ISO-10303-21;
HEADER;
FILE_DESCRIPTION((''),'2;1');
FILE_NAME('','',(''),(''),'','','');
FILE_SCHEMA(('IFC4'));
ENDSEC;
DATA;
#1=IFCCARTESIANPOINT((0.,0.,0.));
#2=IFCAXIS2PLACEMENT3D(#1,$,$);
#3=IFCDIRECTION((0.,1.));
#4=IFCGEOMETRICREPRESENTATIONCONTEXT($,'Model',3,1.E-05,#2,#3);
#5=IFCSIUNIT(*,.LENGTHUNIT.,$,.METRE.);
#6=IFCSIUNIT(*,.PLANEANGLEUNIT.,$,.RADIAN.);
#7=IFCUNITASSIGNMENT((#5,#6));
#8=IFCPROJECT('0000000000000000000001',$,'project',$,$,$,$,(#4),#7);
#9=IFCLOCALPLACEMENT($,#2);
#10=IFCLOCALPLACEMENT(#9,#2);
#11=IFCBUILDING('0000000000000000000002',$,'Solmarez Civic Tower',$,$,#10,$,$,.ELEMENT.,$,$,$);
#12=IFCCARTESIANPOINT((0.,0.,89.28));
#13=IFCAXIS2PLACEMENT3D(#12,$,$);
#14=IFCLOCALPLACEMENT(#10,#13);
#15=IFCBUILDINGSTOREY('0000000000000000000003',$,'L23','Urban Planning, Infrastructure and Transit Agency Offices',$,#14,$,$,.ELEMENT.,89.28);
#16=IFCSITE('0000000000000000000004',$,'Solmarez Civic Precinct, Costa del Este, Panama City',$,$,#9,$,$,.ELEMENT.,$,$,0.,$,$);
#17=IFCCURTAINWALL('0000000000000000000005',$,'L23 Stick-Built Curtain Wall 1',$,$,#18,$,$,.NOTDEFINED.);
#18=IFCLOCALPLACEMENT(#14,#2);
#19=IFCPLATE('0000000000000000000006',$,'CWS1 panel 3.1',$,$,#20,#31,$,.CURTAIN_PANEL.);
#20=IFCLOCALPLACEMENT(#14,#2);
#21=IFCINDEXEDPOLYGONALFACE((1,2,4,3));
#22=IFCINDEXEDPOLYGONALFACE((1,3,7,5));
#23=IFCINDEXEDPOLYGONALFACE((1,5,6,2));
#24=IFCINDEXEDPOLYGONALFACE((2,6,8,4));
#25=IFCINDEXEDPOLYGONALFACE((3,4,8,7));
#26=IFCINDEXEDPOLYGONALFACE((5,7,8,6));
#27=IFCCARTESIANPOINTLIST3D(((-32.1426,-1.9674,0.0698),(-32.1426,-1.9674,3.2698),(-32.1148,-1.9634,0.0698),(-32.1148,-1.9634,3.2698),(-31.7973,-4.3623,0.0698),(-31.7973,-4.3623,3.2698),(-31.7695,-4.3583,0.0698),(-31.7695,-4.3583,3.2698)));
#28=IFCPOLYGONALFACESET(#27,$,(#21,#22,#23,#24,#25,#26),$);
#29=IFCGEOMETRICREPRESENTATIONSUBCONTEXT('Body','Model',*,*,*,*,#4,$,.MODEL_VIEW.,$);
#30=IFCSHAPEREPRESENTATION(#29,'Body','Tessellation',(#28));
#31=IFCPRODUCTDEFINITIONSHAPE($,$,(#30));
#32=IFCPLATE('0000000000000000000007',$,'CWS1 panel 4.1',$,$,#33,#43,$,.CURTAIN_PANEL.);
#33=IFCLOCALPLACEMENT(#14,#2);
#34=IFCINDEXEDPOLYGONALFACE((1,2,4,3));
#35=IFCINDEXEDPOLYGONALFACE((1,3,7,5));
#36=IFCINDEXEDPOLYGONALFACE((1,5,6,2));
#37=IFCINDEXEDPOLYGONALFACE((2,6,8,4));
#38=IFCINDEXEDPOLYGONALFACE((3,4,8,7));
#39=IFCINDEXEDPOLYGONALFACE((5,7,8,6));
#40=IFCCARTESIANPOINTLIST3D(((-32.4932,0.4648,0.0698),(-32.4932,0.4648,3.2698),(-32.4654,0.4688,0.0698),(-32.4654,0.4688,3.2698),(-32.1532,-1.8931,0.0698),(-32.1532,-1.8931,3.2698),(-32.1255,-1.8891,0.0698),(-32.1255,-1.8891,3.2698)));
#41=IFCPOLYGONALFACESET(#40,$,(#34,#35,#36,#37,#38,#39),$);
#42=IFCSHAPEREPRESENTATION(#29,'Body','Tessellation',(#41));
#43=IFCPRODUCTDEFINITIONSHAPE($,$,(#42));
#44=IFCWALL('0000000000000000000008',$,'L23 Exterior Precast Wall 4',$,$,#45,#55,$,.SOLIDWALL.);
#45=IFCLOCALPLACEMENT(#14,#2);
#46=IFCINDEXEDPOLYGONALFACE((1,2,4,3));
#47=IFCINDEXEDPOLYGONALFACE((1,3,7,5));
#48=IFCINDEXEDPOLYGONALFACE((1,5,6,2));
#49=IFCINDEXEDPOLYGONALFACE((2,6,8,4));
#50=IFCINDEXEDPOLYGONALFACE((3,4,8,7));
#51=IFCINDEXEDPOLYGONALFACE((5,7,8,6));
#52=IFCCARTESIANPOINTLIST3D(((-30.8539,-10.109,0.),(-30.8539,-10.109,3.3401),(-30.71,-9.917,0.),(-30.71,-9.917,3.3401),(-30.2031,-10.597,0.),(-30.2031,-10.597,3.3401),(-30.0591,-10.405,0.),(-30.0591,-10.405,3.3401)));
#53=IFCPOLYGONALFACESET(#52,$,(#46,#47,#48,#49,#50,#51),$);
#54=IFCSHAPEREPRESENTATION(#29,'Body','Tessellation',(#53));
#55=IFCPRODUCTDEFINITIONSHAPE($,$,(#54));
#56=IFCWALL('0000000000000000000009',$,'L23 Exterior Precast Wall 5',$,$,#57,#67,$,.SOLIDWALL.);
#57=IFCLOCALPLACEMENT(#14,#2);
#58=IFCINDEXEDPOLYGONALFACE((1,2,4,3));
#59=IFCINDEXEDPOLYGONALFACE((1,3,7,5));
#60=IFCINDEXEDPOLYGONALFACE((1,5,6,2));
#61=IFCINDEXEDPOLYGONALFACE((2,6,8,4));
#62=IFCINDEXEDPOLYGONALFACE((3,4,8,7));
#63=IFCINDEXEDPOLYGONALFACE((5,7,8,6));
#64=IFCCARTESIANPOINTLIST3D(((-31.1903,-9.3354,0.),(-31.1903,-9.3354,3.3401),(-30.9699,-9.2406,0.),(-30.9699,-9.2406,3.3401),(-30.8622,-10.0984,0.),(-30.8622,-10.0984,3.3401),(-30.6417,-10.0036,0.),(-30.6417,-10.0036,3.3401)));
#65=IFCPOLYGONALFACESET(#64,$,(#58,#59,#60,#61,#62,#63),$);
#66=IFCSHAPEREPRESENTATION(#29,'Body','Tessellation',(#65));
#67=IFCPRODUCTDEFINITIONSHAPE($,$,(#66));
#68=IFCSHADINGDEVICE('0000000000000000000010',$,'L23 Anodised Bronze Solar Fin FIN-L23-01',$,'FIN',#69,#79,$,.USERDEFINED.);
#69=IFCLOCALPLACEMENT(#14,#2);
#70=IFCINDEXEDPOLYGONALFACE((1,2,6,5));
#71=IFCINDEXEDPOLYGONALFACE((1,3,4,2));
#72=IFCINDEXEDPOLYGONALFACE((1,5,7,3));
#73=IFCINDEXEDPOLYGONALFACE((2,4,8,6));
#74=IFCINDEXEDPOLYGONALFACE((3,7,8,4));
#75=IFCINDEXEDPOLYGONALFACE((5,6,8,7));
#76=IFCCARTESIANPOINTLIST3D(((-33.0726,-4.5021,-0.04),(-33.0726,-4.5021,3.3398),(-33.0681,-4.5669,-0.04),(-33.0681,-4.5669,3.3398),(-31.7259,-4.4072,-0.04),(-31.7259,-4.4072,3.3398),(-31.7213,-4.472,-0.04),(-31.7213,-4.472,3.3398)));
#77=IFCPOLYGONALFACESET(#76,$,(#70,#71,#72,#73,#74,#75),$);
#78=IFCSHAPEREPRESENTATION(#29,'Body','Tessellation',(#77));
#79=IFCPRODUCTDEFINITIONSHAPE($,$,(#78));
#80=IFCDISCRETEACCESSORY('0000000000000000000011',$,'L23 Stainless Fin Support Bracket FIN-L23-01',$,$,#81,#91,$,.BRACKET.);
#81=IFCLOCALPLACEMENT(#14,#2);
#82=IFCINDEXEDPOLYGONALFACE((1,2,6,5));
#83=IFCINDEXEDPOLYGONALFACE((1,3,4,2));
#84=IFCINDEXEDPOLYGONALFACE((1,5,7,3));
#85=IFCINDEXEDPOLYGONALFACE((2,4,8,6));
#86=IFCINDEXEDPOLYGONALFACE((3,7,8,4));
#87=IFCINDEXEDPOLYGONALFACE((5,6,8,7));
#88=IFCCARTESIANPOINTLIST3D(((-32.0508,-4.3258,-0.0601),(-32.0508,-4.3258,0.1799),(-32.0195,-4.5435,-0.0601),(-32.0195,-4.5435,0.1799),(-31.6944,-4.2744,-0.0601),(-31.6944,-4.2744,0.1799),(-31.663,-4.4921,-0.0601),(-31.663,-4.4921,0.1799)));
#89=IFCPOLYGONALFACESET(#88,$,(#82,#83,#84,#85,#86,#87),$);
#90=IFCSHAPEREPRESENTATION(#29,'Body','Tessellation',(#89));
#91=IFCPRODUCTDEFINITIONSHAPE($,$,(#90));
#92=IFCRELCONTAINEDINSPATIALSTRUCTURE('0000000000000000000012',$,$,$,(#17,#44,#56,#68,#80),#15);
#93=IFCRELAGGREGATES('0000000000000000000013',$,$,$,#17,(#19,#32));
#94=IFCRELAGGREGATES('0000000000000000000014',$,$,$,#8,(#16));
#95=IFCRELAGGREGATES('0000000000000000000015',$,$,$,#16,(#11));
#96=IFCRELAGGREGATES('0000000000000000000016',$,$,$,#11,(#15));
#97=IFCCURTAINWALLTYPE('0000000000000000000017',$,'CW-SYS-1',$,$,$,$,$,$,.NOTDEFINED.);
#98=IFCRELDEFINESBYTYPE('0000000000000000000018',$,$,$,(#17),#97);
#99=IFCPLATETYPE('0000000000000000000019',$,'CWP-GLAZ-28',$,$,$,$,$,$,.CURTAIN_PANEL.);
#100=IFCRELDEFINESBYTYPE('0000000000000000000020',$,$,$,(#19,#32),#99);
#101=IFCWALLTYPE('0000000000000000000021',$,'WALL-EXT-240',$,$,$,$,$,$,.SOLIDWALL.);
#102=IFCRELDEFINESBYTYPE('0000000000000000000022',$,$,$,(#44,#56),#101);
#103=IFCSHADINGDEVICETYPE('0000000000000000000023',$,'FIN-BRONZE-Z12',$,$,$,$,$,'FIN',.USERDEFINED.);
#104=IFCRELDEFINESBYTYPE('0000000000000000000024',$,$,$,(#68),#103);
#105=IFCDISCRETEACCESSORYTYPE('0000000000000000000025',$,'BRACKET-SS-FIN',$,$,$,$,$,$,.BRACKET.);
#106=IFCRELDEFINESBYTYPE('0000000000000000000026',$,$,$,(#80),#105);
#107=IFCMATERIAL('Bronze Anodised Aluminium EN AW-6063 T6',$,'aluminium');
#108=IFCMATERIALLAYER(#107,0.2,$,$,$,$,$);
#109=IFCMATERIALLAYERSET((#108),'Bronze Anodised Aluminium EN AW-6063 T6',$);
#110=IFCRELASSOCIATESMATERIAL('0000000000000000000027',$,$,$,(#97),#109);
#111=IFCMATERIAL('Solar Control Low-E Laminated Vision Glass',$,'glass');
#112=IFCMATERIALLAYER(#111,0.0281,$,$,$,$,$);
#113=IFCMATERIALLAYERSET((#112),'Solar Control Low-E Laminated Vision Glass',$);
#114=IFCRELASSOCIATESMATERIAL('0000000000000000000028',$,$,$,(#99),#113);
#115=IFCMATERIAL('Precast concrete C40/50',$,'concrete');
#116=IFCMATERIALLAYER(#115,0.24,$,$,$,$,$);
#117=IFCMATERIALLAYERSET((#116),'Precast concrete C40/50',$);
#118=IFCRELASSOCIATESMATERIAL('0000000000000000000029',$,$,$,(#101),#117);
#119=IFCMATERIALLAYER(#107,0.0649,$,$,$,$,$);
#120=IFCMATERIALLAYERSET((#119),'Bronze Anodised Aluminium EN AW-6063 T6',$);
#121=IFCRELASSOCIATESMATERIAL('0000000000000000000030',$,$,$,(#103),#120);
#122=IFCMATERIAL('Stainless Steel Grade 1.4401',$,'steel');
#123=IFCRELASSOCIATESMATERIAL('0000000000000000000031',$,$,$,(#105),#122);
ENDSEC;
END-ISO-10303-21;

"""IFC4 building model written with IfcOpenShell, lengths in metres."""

from ifc_helpers import new_model, si_unit, direction, frame, frame_2d, origin, origin_2d, place, context, subcontext, project, spatial, rectangle, extrude, material, layer, layer_set, type_object, element, aggregate, save


model = new_model("IFC4")

# Units and contexts
model_context = context("Model", 3, precision=1e-05, world=origin(), true_north=direction((0.0, 1.0)))
body_context = subcontext(model_context, "Body", "Model", "MODEL_VIEW")
ifc_project = project(units=[si_unit("LENGTHUNIT", "METRE"), si_unit("PLANEANGLEUNIT", "RADIAN")], contexts=[model_context])

# Site, building, storey
site_placement = place(None, origin())
site = spatial("IfcSite", under=ifc_project, at=site_placement, Name="Solmarez Civic Precinct, Costa del Este, Panama City", CompositionType="ELEMENT", RefElevation=0.0)
building_placement = place(site_placement, origin())
building = spatial("IfcBuilding", under=site, at=building_placement, Name="Solmarez Civic Tower", CompositionType="ELEMENT")
storey_placement = place(building_placement, frame((0.0, 0.0, 89.28)))
storey = spatial("IfcBuildingStorey", under=building, at=storey_placement, Name="L23", Description="Urban Planning, Infrastructure and Transit Agency Offices", CompositionType="ELEMENT", Elevation=89.28)

# Curtain wall, plates
ifc_material_1 = material(Name="Bronze Anodised Aluminium EN AW-6063 T6", Category="aluminium")
ifc_layer_1 = layer(ifc_material_1, 0.2)
ifc_layer_set_1 = layer_set([ifc_layer_1], Name="Bronze Anodised Aluminium EN AW-6063 T6")
curtain_wall_type = type_object("IfcCurtainWallType", Name="CW-SYS-1", PredefinedType="NOTDEFINED", material=ifc_layer_set_1)
curtain_wall_placement = place(storey_placement, origin())
curtain_wall = element("IfcCurtainWall", 1, at=curtain_wall_placement, inside=storey, type_object=curtain_wall_type, Name="L23 Stick-Built Curtain Wall 1", PredefinedType="NOTDEFINED")
ifc_material_2 = material(Name="Solar Control Low-E Laminated Vision Glass", Category="glass")
ifc_layer_2 = layer(ifc_material_2, 0.0281)
ifc_layer_set_2 = layer_set([ifc_layer_2], Name="Solar Control Low-E Laminated Vision Glass")
plate_type = type_object("IfcPlateType", Name="CWP-GLAZ-28", PredefinedType="CURTAIN_PANEL", material=ifc_layer_set_2)
plate_1_placement = place(storey_placement, frame((-31.9561, -3.1628, 0.0698), z_axis=(0.0, 0.0, 1.0), x_axis=(-0.142698, 0.989766, 0.0)))
plate_1 = element("IfcPlate", 2, at=plate_1_placement, type_object=plate_type, Name="CWS1 panel 3.1", PredefinedType="CURTAIN_PANEL", context=body_context, shape_type="SweptSolid", body=[
    extrude(rectangle(XDim=2.4197, YDim=0.0281, at=origin_2d()), origin(), (0.0, 0.0, 1.0), 3.2),
])
plate_2_placement = place(storey_placement, frame((-32.3093, -0.7122, 0.0698), z_axis=(0.0, 0.0, 1.0), x_axis=(-0.142698, 0.989766, 0.0)))
plate_2 = element("IfcPlate", 3, at=plate_2_placement, type_object=plate_type, Name="CWS1 panel 4.1", PredefinedType="CURTAIN_PANEL", context=body_context, shape_type="SweptSolid", body=[
    extrude(rectangle(XDim=2.3823, YDim=0.0281, at=origin_2d()), origin(), (0.0, 0.0, 1.0), 3.2),
])
aggregate(curtain_wall, [plate_1, plate_2])

# Walls
ifc_material_3 = material(Name="Precast concrete C40/50", Category="concrete")
ifc_layer_3 = layer(ifc_material_3, 0.24)
ifc_layer_set_3 = layer_set([ifc_layer_3], Name="Precast concrete C40/50")
wall_type = type_object("IfcWallType", Name="WALL-EXT-240", PredefinedType="SOLIDWALL", material=ifc_layer_set_3)
wall_1_placement = place(storey_placement, frame((-30.1311, -10.501, 0.0), z_axis=(0.0, 0.0, 1.0), x_axis=(-0.800072, 0.599904, 0.0)))
element("IfcWall", 4, at=wall_1_placement, inside=storey, type_object=wall_type, Name="L23 Exterior Precast Wall 4", PredefinedType="SOLIDWALL", context=body_context, shape_type="SweptSolid", body=[
    extrude(rectangle(XDim=0.8135, YDim=0.24, at=frame_2d((0.4067, 0.0))), origin(), (0.0, 0.0, 1.0), 3.3401),
])
wall_2_placement = place(storey_placement, frame((-30.752, -10.051, 0.0), z_axis=(0.0, 0.0, 1.0), x_axis=(-0.39509, 0.918643, 0.0)))
element("IfcWall", 5, at=wall_2_placement, inside=storey, type_object=wall_type, Name="L23 Exterior Precast Wall 5", PredefinedType="SOLIDWALL", context=body_context, shape_type="SweptSolid", body=[
    extrude(rectangle(XDim=0.8306, YDim=0.24, at=frame_2d((0.4153, 0.0))), origin(), (0.0, 0.0, 1.0), 3.3401),
])

# Shading device
ifc_layer_4 = layer(ifc_material_1, 0.0649)
ifc_layer_set_4 = layer_set([ifc_layer_4], Name="Bronze Anodised Aluminium EN AW-6063 T6")
shading_device_type = type_object("IfcShadingDeviceType", Name="FIN-BRONZE-Z12", ElementType="FIN", PredefinedType="USERDEFINED", material=ifc_layer_set_4)
shading_device_placement = place(storey_placement, frame((-32.397, -4.4871, -0.04), z_axis=(0.0, 0.0, 1.0), x_axis=(-0.997526, -0.070296, 0.0)))
element("IfcShadingDevice", 6, at=shading_device_placement, inside=storey, type_object=shading_device_type, Name="L23 Anodised Bronze Solar Fin FIN-L23-01", ObjectType="FIN", PredefinedType="USERDEFINED", context=body_context, shape_type="SweptSolid", body=[
    extrude(rectangle(XDim=1.3501, YDim=0.0649, at=origin_2d()), origin(), (0.0, 0.0, 1.0), 3.3799),
])

# Discrete accessory
ifc_material_4 = material(Name="Stainless Steel Grade 1.4401", Category="steel")
discrete_accessory_type = type_object("IfcDiscreteAccessoryType", Name="BRACKET-SS-FIN", PredefinedType="BRACKET", material=ifc_material_4)
discrete_accessory_placement = place(storey_placement, frame((-31.8569, -4.4089, -0.0601), z_axis=(0.0, 0.0, 1.0), x_axis=(-0.989778, -0.14262, 0.0)))
element("IfcDiscreteAccessory", 7, at=discrete_accessory_placement, inside=storey, type_object=discrete_accessory_type, Name="L23 Stainless Fin Support Bracket FIN-L23-01", PredefinedType="BRACKET", context=body_context, shape_type="SweptSolid", body=[
    extrude(rectangle(XDim=0.3601, YDim=0.22, at=origin_2d()), origin(), (0.0, 0.0, 1.0), 0.24),
])

save(model, "model.ifc")
